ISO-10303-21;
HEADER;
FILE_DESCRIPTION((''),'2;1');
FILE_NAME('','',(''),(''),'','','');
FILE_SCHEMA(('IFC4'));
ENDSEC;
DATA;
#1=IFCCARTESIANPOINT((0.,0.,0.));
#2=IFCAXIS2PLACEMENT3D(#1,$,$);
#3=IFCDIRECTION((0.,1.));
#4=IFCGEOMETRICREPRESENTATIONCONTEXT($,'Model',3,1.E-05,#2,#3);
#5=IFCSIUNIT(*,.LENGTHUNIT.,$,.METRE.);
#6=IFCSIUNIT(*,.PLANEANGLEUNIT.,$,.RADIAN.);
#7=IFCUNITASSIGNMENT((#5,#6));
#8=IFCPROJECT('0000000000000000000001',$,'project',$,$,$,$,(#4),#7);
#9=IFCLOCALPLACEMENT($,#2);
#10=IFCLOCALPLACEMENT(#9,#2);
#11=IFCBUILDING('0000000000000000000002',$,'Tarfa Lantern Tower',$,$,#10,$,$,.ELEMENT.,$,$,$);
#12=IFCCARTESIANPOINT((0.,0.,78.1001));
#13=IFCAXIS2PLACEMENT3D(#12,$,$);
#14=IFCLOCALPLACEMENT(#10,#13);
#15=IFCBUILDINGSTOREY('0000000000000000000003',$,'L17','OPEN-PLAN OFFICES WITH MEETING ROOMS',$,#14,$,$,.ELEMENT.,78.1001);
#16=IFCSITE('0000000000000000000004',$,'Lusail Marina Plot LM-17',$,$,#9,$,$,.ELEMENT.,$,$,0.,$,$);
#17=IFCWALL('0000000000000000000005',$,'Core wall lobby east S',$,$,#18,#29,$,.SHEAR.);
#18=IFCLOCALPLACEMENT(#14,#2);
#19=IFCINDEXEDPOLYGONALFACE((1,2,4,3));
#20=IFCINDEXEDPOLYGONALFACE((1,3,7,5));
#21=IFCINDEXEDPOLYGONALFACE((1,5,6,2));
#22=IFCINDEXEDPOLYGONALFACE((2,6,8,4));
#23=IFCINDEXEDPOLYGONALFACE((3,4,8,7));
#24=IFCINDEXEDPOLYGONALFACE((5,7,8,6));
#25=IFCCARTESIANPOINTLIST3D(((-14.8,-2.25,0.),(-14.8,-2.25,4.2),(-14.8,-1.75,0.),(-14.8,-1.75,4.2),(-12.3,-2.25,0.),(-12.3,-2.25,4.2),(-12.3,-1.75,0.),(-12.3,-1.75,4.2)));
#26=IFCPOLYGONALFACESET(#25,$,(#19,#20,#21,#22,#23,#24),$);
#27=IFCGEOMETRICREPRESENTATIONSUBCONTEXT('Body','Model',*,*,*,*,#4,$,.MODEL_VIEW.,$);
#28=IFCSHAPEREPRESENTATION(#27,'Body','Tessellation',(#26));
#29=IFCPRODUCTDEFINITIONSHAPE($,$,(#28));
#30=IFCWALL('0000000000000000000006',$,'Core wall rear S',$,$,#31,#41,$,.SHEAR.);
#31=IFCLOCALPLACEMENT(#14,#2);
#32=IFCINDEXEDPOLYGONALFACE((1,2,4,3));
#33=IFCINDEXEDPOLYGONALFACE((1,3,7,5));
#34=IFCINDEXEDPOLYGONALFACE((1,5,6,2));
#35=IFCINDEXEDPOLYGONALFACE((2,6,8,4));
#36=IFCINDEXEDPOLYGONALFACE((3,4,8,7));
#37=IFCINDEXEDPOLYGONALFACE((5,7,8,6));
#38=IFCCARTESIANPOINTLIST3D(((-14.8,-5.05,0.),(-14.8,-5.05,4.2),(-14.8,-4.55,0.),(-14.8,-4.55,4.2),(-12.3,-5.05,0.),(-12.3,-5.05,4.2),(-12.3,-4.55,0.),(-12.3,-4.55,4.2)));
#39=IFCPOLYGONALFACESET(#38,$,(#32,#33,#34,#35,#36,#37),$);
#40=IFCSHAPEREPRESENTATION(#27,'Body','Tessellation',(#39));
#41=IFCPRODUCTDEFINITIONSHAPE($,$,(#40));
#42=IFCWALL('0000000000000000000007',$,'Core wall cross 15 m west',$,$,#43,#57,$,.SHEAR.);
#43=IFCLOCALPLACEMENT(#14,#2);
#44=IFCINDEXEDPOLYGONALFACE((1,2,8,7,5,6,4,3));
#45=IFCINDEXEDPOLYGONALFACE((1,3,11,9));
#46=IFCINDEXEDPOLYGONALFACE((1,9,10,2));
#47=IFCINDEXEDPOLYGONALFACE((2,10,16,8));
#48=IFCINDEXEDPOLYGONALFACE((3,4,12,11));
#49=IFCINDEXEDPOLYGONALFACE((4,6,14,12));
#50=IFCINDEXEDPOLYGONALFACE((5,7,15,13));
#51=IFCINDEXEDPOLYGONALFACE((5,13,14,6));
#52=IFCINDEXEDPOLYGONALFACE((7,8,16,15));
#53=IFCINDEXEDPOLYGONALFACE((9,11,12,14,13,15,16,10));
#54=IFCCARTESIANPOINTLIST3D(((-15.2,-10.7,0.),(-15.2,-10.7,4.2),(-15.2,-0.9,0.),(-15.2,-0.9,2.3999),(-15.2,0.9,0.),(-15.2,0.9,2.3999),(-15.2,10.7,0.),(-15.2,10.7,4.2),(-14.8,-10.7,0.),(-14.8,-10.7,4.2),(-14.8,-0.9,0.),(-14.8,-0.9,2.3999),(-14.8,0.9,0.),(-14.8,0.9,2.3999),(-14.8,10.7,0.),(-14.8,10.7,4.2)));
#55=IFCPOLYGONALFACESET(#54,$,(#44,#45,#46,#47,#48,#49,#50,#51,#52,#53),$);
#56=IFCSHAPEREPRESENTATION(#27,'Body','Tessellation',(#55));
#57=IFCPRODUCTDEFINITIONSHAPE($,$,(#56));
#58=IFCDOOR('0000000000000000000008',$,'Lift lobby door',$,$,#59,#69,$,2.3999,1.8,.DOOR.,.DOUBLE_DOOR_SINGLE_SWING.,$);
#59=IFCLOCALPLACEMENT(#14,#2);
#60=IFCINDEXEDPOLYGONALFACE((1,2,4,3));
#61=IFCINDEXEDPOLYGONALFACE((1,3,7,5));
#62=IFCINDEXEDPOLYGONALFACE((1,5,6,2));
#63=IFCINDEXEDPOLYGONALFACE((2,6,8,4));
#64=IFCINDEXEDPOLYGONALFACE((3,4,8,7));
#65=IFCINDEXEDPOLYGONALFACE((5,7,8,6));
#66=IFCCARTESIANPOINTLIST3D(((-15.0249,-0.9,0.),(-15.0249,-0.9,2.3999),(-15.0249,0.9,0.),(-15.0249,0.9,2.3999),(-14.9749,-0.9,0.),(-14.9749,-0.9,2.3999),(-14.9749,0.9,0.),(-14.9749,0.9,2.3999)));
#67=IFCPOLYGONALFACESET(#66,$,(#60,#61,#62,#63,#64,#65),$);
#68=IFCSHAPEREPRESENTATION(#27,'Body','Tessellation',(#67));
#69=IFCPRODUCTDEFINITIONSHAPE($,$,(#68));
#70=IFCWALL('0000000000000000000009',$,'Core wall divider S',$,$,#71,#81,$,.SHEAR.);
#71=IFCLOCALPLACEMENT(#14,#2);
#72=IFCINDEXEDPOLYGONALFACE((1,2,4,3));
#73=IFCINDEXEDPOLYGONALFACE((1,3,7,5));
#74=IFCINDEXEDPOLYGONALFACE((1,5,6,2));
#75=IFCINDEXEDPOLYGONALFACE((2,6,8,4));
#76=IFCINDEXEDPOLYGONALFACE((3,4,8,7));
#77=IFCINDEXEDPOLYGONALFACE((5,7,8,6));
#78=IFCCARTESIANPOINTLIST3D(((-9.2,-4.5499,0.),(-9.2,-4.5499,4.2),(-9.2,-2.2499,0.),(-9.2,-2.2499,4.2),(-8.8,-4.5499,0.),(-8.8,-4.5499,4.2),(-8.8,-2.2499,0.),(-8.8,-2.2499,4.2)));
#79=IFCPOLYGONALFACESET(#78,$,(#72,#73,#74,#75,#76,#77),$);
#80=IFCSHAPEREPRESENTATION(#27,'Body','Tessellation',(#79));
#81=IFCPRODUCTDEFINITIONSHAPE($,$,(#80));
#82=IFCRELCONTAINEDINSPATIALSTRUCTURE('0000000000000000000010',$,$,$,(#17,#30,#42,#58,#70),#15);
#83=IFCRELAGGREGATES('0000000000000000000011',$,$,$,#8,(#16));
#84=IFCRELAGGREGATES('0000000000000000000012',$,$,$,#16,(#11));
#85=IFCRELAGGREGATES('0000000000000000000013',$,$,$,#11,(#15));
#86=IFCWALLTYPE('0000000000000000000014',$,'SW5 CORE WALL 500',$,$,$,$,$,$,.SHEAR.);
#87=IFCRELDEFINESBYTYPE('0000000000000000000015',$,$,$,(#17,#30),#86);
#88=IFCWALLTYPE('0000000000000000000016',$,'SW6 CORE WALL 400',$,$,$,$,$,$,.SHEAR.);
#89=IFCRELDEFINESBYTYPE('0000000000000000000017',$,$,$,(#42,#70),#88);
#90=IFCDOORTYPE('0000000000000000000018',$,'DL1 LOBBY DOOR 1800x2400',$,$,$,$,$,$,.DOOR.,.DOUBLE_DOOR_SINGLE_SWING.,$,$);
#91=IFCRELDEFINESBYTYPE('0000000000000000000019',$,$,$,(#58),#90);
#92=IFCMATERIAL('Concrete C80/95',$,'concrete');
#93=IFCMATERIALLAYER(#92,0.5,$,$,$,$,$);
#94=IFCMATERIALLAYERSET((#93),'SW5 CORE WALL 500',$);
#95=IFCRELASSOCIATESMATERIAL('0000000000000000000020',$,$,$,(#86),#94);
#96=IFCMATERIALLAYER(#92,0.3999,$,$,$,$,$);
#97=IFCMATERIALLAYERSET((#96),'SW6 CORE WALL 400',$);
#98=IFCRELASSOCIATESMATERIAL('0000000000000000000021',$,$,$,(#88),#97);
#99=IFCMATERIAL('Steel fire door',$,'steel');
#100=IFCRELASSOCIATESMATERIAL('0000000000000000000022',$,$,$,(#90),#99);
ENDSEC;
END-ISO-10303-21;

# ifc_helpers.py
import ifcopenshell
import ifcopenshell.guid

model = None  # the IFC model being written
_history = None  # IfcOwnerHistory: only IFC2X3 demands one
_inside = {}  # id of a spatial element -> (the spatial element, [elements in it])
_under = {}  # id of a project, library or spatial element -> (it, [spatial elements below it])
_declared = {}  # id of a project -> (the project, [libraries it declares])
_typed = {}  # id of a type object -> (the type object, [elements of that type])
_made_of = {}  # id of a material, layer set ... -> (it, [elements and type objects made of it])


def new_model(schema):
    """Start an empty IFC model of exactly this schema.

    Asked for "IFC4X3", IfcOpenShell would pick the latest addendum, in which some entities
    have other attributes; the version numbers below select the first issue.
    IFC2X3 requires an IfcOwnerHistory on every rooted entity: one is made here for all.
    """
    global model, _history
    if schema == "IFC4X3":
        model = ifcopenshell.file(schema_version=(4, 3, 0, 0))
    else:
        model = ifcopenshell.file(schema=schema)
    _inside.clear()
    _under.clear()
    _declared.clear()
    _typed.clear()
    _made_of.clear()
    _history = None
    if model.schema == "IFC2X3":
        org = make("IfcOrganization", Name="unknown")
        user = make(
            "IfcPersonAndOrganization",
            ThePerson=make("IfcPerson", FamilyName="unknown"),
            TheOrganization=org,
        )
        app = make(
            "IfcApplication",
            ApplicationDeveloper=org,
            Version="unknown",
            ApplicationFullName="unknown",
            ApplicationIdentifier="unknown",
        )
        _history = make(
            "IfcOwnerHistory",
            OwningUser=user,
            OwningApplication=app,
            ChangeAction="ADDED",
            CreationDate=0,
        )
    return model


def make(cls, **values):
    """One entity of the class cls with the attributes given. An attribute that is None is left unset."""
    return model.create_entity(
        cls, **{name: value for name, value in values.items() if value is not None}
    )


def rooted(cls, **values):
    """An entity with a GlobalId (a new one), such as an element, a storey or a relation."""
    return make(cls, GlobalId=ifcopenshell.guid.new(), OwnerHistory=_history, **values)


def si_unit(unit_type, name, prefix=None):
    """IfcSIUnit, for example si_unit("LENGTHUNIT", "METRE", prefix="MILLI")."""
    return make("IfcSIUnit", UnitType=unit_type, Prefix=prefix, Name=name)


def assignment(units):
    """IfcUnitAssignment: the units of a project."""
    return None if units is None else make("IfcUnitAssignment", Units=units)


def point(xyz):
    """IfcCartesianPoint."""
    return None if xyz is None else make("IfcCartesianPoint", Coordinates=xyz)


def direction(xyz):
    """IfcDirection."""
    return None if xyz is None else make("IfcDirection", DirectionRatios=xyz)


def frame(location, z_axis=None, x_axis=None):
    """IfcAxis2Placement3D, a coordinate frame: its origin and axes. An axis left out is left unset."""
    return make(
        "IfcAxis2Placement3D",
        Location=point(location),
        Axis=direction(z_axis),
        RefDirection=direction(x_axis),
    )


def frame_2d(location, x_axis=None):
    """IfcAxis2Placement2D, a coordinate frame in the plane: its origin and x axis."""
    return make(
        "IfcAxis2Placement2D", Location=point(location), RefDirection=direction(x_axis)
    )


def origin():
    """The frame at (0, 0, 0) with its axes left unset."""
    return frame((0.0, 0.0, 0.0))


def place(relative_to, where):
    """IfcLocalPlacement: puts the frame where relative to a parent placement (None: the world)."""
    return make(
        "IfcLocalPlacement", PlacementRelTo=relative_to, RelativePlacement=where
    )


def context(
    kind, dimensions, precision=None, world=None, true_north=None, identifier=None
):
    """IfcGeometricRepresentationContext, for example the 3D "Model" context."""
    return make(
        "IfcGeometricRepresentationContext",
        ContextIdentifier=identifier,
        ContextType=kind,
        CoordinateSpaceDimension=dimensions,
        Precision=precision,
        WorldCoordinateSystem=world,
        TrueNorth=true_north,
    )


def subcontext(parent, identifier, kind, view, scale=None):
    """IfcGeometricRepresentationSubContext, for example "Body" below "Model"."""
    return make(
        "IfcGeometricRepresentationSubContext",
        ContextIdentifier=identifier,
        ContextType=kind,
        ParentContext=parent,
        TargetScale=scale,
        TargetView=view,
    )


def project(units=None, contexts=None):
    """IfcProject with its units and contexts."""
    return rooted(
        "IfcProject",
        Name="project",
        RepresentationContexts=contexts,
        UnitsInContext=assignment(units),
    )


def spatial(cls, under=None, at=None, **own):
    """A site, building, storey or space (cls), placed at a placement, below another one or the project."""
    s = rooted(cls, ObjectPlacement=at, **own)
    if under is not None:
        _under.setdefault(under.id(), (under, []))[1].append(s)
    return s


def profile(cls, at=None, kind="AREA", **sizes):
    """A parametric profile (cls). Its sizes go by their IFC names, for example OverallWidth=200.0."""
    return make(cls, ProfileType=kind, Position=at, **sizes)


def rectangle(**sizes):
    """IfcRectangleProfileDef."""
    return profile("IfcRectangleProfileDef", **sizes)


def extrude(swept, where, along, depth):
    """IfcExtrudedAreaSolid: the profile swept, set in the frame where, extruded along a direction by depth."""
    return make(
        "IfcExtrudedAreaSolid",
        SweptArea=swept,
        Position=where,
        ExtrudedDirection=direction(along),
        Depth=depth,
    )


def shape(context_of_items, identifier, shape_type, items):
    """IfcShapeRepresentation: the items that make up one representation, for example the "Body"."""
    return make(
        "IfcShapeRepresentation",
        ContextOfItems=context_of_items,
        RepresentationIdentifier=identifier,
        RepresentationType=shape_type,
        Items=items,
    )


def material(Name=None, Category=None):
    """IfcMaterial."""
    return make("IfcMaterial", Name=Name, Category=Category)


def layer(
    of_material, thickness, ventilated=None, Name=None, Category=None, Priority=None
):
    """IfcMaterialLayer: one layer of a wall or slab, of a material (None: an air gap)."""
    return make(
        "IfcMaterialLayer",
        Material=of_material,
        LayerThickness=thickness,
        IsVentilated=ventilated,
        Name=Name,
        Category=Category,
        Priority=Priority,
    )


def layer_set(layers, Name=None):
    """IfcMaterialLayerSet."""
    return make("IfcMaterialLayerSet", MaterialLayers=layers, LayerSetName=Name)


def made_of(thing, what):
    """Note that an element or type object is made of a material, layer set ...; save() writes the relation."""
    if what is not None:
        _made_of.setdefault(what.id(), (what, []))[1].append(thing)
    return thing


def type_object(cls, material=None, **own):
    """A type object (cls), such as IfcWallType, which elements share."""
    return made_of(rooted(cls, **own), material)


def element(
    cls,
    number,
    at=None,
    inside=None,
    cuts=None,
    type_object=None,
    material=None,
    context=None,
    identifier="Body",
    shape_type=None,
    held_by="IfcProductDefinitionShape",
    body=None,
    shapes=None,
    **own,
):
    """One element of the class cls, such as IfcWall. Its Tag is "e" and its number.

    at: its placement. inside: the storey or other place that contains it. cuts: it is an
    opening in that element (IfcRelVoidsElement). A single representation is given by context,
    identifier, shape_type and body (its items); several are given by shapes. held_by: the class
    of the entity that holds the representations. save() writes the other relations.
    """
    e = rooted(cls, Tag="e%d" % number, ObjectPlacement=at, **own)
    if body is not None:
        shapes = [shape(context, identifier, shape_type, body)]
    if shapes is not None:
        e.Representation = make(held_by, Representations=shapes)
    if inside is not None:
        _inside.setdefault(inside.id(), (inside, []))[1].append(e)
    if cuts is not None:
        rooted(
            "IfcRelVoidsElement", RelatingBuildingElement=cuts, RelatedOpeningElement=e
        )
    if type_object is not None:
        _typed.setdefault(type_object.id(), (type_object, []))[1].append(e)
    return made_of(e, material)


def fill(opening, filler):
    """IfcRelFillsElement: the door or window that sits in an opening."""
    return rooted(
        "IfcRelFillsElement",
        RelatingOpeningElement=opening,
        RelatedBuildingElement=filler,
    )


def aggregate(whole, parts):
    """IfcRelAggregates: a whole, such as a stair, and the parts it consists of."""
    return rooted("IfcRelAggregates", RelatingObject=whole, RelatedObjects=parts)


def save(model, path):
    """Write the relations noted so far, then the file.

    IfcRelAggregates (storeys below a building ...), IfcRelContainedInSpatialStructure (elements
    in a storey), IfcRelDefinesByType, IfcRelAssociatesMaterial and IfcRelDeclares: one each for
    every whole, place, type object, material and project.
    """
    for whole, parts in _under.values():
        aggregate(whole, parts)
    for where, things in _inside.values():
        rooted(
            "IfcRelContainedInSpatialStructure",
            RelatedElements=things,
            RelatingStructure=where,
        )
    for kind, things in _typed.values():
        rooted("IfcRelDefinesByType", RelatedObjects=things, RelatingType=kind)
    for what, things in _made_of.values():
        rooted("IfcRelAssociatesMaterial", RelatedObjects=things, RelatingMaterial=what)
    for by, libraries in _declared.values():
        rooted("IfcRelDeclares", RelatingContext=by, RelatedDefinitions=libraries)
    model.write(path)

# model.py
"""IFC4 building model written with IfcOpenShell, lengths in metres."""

from ifc_helpers import new_model, si_unit, direction, frame, frame_2d, origin, place, context, subcontext, project, spatial, rectangle, extrude, material, layer, layer_set, type_object, element, fill, save


model = new_model("IFC4")

# Units and contexts
model_context = context("Model", 3, precision=1e-05, world=origin(), true_north=direction((0.0, 1.0)))
body_context = subcontext(model_context, "Body", "Model", "MODEL_VIEW")
ifc_project = project(units=[si_unit("LENGTHUNIT", "METRE"), si_unit("PLANEANGLEUNIT", "RADIAN")], contexts=[model_context])

# Site, building, storey
site_placement = place(None, origin())
site = spatial("IfcSite", under=ifc_project, at=site_placement, Name="Lusail Marina Plot LM-17", CompositionType="ELEMENT", RefElevation=0.0)
building_placement = place(site_placement, origin())
building = spatial("IfcBuilding", under=site, at=building_placement, Name="Tarfa Lantern Tower", CompositionType="ELEMENT")
storey_placement = place(building_placement, frame((0.0, 0.0, 78.1001)))
storey = spatial("IfcBuildingStorey", under=building, at=storey_placement, Name="L17", Description="OPEN-PLAN OFFICES WITH MEETING ROOMS", CompositionType="ELEMENT", Elevation=78.1001)

# Shared definitions
ifc_material_1 = material(Name="Concrete C80/95", Category="concrete")

# Walls
ifc_layer_1 = layer(ifc_material_1, 0.5)
ifc_layer_set_1 = layer_set([ifc_layer_1], Name="SW5 CORE WALL 500")
wall_type_1 = type_object("IfcWallType", Name="SW5 CORE WALL 500", PredefinedType="SHEAR", material=ifc_layer_set_1)
for number, where, z_axis, x_axis, name in (
    (1, (-12.3, -2.0, 0.0), (0.0, 0.0, 1.0), (-1.0, 0.0, 0.0), "Core wall lobby east S"),
    (2, (-12.3, -4.8, 0.0), (0.0, 0.0, 1.0), (-1.0, 0.0, 0.0), "Core wall rear S"),
):
    element("IfcWall", number, at=place(storey_placement, frame(where, z_axis=z_axis, x_axis=x_axis)), inside=storey, type_object=wall_type_1, Name=name, PredefinedType="SHEAR", context=body_context, shape_type="SweptSolid", body=[
        extrude(rectangle(XDim=2.5, YDim=0.5, at=frame_2d((1.25, 0.0))), origin(), (0.0, 0.0, 1.0), 4.2),
    ])

# Wall, opening, door
ifc_layer_2 = layer(ifc_material_1, 0.3999)
ifc_layer_set_2 = layer_set([ifc_layer_2], Name="SW6 CORE WALL 400")
wall_type_2 = type_object("IfcWallType", Name="SW6 CORE WALL 400", PredefinedType="SHEAR", material=ifc_layer_set_2)
wall_1_placement = place(storey_placement, frame((-15.0, -10.7, 0.0), z_axis=(0.0, 0.0, 1.0), x_axis=(0.0, 1.0, 0.0)))
wall_1 = element("IfcWall", 3, at=wall_1_placement, inside=storey, type_object=wall_type_2, Name="Core wall cross 15 m west", PredefinedType="SHEAR", context=body_context, shape_type="SweptSolid", body=[
    extrude(rectangle(XDim=21.3999, YDim=0.3999, at=frame_2d((10.7, 0.0))), origin(), (0.0, 0.0, 1.0), 4.2),
])
opening_1_placement = place(wall_1_placement, frame((9.8, 0.0, 0.0)))
opening_1 = element("IfcOpeningElement", 4, at=opening_1_placement, cuts=wall_1, PredefinedType="OPENING", context=body_context, shape_type="SweptSolid", body=[
    extrude(rectangle(XDim=1.8, YDim=2.3999, at=frame_2d((0.8999, 1.2))), frame((0.0, 0.21, 0.0), z_axis=(0.0, -1.0, 0.0), x_axis=(1.0, 0.0, 0.0)), (0.0, 0.0, 1.0), 0.4199),
])
ifc_material_2 = material(Name="Steel fire door", Category="steel")
door_type = type_object("IfcDoorType", Name="DL1 LOBBY DOOR 1800x2400", OperationType="DOUBLE_DOOR_SINGLE_SWING", PredefinedType="DOOR", material=ifc_material_2)
door_1_placement = place(opening_1_placement, origin())
door_1 = element("IfcDoor", 5, at=door_1_placement, inside=storey, type_object=door_type, Name="Lift lobby door", OperationType="DOUBLE_DOOR_SINGLE_SWING", OverallHeight=2.3999, OverallWidth=1.8, PredefinedType="DOOR", context=body_context, shape_type="SweptSolid", body=[
    extrude(rectangle(XDim=1.8, YDim=2.3999, at=frame_2d((0.8999, 1.2))), frame((0.0, 0.0249, 0.0), z_axis=(0.0, -1.0, 0.0), x_axis=(1.0, 0.0, 0.0)), (0.0, 0.0, 1.0), 0.05),
])
fill(opening_1, door_1)

# Wall
wall_2_placement = place(storey_placement, frame((-9.0, -2.25, 0.0), z_axis=(0.0, 0.0, 1.0), x_axis=(0.0, -1.0, 0.0)))
element("IfcWall", 6, at=wall_2_placement, inside=storey, type_object=wall_type_2, Name="Core wall divider S", PredefinedType="SHEAR", context=body_context, shape_type="SweptSolid", body=[
    extrude(rectangle(XDim=2.3, YDim=0.3999, at=frame_2d((1.1499, 0.0))), origin(), (0.0, 0.0, 1.0), 4.2),
])

save(model, "model.ifc")
